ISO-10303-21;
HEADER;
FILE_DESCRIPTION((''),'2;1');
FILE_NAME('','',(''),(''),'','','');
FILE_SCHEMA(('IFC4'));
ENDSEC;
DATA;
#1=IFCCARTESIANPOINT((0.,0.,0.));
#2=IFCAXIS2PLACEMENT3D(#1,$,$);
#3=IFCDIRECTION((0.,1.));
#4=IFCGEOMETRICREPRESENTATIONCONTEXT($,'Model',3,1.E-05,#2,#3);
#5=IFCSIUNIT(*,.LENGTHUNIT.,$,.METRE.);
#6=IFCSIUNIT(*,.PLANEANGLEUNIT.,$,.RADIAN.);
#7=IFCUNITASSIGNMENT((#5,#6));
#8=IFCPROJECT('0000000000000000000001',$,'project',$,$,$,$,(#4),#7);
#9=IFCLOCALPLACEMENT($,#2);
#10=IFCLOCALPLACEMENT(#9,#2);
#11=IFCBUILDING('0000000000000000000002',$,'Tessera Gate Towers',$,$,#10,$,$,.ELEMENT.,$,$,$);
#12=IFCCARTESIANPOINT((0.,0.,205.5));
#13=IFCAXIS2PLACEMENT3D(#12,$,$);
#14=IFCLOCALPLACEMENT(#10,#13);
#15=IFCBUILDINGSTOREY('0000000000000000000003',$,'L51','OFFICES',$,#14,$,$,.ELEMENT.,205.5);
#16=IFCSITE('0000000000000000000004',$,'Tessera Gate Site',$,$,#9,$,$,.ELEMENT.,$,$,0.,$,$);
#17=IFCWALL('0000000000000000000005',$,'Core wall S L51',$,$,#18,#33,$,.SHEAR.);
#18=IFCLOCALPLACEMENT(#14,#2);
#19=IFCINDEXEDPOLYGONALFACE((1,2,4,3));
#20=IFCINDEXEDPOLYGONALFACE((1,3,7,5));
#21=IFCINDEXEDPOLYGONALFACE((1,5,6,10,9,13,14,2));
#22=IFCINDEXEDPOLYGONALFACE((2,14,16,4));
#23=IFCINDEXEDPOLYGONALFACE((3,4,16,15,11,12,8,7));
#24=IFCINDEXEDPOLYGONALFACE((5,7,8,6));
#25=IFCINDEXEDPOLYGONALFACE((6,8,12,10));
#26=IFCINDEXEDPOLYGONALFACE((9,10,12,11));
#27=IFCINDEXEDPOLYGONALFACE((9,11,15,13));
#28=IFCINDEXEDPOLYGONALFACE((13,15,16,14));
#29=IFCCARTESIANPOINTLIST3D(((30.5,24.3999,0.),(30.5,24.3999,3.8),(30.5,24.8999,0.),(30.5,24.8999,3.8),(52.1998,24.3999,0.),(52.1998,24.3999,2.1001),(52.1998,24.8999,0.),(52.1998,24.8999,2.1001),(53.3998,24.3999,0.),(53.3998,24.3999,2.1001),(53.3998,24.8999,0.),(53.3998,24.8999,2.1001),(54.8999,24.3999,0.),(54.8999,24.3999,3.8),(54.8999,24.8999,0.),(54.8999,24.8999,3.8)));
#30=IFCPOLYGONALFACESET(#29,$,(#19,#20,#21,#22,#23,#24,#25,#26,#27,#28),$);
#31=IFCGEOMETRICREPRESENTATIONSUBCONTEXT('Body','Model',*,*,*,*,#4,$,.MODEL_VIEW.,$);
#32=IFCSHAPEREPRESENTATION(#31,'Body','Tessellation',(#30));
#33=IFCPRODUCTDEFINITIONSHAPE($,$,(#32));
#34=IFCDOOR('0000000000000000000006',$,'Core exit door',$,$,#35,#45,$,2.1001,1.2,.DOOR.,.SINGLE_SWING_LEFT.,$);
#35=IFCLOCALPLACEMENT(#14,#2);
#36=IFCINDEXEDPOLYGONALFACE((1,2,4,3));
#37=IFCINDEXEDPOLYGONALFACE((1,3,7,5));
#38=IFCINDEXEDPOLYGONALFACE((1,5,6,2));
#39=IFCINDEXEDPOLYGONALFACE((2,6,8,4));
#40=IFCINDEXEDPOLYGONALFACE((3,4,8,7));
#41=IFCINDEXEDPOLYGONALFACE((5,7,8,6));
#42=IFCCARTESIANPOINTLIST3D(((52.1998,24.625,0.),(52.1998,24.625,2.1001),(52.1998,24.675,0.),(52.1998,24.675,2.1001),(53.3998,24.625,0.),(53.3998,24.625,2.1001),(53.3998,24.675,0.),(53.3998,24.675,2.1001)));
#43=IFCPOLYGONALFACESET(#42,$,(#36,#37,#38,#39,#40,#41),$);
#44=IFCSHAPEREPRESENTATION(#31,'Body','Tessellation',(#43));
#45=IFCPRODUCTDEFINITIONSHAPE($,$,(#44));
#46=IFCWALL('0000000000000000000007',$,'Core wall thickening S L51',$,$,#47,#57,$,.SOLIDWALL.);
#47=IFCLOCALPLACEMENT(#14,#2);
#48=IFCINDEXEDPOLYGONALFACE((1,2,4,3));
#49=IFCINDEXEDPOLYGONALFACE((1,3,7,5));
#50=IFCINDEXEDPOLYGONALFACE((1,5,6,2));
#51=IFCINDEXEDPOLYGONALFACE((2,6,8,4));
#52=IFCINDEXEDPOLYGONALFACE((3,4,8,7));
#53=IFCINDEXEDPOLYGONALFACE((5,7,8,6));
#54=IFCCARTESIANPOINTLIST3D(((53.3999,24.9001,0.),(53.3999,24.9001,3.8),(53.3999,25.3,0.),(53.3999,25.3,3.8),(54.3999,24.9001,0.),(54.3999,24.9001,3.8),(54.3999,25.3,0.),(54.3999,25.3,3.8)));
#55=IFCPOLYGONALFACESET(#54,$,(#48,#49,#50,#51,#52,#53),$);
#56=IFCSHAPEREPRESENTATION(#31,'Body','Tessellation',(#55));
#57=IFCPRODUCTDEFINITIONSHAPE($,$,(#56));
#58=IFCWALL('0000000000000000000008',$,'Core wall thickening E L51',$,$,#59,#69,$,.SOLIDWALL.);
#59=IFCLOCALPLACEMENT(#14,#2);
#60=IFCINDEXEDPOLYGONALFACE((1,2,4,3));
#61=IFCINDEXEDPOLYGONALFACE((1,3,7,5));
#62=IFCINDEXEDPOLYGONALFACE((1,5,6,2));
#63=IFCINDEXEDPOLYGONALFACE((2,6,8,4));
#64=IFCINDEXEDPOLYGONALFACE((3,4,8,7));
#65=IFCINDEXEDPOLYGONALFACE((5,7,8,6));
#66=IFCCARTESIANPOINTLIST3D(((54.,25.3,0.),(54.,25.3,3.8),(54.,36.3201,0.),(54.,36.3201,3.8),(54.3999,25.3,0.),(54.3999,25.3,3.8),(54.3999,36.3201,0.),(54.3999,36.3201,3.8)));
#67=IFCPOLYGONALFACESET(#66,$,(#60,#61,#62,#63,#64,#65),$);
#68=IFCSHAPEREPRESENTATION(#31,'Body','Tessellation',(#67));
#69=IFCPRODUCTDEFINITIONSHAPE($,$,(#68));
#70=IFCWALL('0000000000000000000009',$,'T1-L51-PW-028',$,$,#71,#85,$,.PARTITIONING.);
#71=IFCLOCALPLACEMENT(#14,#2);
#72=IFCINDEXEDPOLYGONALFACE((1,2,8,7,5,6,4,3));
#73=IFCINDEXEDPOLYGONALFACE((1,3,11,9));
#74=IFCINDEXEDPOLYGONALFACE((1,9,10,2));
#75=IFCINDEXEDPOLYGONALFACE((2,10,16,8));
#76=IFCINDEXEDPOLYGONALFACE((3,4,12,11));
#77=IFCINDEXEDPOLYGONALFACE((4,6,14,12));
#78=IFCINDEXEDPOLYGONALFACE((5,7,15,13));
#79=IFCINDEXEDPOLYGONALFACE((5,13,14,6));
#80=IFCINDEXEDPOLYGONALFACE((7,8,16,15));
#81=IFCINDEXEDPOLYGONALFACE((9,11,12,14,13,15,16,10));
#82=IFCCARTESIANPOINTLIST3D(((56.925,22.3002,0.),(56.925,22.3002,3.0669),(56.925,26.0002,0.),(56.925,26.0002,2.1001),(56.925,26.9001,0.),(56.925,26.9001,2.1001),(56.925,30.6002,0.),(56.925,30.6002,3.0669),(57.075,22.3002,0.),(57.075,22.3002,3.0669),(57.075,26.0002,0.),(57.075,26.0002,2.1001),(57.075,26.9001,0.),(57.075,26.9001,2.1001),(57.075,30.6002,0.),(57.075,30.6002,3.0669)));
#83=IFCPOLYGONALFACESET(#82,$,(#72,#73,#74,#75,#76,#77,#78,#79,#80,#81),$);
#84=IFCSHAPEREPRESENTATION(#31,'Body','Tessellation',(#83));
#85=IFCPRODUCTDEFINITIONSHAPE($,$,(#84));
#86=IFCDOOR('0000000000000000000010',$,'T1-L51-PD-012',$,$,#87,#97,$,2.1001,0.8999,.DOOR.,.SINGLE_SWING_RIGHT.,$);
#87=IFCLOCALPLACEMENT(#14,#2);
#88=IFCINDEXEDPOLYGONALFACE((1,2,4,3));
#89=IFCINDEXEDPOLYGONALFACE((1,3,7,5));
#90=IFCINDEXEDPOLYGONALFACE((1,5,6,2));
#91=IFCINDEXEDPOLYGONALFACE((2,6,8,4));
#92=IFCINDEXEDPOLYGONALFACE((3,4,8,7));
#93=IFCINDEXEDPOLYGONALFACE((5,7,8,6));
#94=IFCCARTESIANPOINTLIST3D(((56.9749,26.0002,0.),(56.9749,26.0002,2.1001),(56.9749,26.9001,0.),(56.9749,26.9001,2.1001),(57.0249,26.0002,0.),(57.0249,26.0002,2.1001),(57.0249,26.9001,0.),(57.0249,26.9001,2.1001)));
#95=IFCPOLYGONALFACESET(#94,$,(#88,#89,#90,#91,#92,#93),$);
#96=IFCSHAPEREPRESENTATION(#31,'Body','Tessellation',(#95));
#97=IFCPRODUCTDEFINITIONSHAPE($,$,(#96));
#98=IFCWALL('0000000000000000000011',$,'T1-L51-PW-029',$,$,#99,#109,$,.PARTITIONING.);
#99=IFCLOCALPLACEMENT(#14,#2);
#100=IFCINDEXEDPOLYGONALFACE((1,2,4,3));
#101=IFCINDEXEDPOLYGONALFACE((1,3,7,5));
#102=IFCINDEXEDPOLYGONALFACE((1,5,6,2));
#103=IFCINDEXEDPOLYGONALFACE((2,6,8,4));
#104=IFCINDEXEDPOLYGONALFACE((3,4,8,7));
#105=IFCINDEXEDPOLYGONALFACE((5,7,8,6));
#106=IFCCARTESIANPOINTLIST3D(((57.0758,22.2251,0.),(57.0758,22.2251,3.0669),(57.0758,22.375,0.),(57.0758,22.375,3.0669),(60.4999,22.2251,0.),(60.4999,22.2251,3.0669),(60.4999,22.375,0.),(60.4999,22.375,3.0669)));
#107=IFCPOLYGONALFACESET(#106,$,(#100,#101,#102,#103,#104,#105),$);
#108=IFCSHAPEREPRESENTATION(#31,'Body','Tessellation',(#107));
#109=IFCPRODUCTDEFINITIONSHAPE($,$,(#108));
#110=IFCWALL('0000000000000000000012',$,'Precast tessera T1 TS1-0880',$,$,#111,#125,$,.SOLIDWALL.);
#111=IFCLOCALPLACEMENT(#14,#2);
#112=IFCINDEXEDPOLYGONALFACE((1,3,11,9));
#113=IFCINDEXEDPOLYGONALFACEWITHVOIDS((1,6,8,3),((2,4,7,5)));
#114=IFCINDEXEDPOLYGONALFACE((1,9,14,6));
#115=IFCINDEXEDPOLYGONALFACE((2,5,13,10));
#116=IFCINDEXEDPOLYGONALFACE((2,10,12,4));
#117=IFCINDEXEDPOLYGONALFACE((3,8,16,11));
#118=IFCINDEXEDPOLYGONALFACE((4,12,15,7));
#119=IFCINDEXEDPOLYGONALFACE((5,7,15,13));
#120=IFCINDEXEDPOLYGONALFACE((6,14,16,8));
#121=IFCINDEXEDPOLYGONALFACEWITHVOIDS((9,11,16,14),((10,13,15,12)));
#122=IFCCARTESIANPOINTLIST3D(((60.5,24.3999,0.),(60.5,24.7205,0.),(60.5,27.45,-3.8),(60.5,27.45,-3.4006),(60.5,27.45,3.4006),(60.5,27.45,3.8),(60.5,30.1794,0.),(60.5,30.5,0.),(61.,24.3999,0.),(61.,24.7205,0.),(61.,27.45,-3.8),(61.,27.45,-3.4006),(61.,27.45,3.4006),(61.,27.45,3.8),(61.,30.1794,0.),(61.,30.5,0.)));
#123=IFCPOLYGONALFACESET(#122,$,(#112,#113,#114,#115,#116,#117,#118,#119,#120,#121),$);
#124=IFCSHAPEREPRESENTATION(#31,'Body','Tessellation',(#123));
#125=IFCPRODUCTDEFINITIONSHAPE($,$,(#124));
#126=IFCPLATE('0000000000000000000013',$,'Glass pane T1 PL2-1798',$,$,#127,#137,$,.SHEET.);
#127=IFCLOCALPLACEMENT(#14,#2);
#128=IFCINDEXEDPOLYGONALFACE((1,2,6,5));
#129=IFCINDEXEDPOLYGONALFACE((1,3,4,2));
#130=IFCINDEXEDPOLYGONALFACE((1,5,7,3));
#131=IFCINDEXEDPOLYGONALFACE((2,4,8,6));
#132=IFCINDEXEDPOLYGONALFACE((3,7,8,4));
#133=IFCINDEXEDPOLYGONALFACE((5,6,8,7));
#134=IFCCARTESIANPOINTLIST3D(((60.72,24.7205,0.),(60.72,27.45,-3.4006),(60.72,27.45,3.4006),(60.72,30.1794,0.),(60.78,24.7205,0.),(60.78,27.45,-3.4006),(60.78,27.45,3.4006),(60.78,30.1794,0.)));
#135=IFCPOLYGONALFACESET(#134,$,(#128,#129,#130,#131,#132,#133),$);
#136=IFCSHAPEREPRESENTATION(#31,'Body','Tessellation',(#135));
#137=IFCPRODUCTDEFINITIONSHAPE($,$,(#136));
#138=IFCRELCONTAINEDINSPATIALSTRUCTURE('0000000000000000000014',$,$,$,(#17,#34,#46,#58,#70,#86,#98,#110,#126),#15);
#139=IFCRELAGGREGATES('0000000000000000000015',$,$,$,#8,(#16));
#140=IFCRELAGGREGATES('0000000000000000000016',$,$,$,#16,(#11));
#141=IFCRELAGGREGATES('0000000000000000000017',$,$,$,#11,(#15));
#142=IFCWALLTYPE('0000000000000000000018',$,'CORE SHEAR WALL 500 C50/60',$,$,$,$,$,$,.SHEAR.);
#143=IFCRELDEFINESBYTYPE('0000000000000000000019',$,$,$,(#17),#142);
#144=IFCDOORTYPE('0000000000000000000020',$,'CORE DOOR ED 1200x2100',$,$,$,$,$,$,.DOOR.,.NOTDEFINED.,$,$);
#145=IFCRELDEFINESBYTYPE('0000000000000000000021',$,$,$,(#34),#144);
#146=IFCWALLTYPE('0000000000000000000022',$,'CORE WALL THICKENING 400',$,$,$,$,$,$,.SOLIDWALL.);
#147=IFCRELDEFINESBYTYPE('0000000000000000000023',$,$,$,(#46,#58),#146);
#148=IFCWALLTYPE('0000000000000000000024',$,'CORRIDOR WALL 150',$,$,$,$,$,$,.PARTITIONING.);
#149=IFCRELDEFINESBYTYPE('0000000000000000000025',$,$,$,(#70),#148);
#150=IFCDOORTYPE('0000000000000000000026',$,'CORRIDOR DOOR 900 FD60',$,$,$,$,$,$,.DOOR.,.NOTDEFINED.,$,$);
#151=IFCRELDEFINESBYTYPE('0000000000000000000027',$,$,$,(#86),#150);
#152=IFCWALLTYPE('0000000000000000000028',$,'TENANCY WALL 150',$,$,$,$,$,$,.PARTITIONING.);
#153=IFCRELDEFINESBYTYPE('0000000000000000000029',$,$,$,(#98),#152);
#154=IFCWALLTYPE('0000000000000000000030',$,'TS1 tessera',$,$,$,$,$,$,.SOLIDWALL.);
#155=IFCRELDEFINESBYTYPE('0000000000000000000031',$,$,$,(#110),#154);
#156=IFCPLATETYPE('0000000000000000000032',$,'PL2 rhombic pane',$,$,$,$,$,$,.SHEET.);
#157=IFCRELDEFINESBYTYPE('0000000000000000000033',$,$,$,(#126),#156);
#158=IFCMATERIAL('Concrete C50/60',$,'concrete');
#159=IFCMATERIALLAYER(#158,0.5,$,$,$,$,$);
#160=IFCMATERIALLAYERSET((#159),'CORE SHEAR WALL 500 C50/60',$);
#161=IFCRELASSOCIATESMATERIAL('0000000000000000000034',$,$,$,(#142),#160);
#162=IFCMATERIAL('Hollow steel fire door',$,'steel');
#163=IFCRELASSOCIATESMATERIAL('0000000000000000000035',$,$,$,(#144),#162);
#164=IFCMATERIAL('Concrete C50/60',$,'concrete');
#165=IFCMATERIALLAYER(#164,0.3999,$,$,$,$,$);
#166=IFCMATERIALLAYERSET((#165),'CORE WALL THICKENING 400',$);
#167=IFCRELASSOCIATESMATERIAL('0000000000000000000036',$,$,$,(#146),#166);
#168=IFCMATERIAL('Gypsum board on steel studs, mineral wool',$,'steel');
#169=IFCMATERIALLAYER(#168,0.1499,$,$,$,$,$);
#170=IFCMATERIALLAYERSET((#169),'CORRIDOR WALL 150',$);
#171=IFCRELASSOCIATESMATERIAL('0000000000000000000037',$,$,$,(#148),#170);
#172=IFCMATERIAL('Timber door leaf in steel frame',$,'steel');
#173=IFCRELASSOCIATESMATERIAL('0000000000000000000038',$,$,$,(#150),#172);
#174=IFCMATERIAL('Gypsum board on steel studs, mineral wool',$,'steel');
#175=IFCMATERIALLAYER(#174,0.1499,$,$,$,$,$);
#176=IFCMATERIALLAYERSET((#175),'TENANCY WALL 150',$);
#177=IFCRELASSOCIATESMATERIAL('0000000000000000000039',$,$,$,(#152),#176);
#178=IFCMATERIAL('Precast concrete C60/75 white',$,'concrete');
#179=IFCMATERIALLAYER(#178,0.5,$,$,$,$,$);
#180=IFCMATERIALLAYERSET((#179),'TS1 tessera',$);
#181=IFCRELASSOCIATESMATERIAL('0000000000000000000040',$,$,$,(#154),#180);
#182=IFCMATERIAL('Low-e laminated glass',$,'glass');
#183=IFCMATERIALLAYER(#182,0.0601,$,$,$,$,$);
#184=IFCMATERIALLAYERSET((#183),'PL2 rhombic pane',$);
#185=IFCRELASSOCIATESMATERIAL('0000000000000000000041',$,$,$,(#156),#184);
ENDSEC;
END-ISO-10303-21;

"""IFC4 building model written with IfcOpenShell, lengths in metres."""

from ifc_helpers import new_model, si_unit, direction, frame, frame_2d, origin, place, context, subcontext, project, spatial, polyline, rectangle, outline, extrude, source, transform, mapped, material, layer, layer_set, type_object, element, fill, save


model = new_model("IFC4")

# Units and contexts
model_context = context("Model", 3, precision=1e-05, world=origin(), true_north=direction((0.0, 1.0)))
body_context = subcontext(model_context, "Body", "Model", "MODEL_VIEW")
ifc_project = project(units=[si_unit("LENGTHUNIT", "METRE"), si_unit("PLANEANGLEUNIT", "RADIAN")], contexts=[model_context])

# Site, building, storey
site_placement = place(None, origin())
site = spatial("IfcSite", under=ifc_project, at=site_placement, Name="Tessera Gate Site", CompositionType="ELEMENT", RefElevation=0.0)
building_placement = place(site_placement, origin())
building = spatial("IfcBuilding", under=site, at=building_placement, Name="Tessera Gate Towers", CompositionType="ELEMENT")
storey_placement = place(building_placement, frame((0.0, 0.0, 205.5)))
storey = spatial("IfcBuildingStorey", under=building, at=storey_placement, Name="L51", Description="OFFICES", CompositionType="ELEMENT", Elevation=205.5)

# Wall, opening, door
shared_shape_1 = source(origin(), body_context, "Body", "SweptSolid", [
    extrude(rectangle(XDim=1.2, YDim=2.1001, at=frame_2d((0.6001, 1.05))), frame((0.0, 0.0249, 0.0), z_axis=(0.0, -1.0, 0.0), x_axis=(1.0, 0.0, 0.0)), (0.0, 0.0, 1.0), 0.05),
])
ifc_material_1 = material(Name="Concrete C50/60", Category="concrete")
ifc_layer_1 = layer(ifc_material_1, 0.5)
ifc_layer_set_1 = layer_set([ifc_layer_1], Name="CORE SHEAR WALL 500 C50/60")
wall_type_1 = type_object("IfcWallType", Name="CORE SHEAR WALL 500 C50/60", PredefinedType="SHEAR", material=ifc_layer_set_1)
wall_1_placement = place(storey_placement, frame((54.8999, 24.6499, 0.0), z_axis=(0.0, 0.0, 1.0), x_axis=(-1.0, 0.0, 0.0)))
wall_1 = element("IfcWall", 1, at=wall_1_placement, inside=storey, type_object=wall_type_1, Name="Core wall S L51", PredefinedType="SHEAR", context=body_context, shape_type="SweptSolid", body=[
    extrude(rectangle(XDim=24.3999, YDim=0.5, at=frame_2d((12.2, 0.0))), origin(), (0.0, 0.0, 1.0), 3.8),
])
shared_shape_2 = source(origin(), body_context, "Body", "SweptSolid", [
    extrude(rectangle(XDim=1.2, YDim=2.1001, at=frame_2d((0.6001, 1.05))), frame((0.0, 0.26, 0.0), z_axis=(0.0, -1.0, 0.0), x_axis=(1.0, 0.0, 0.0)), (0.0, 0.0, 1.0), 0.52),
])
opening_1_placement = place(wall_1_placement, frame((1.5, 0.0, 0.0)))
opening_1 = element("IfcOpeningElement", 2, at=opening_1_placement, cuts=wall_1, PredefinedType="OPENING", context=body_context, shape_type="MappedRepresentation", body=[
    mapped(shared_shape_2, transform((0.0, 0.0, 0.0), scale=1.0)),
])
ifc_material_2 = material(Name="Hollow steel fire door", Category="steel")
door_type_1 = type_object("IfcDoorType", Name="CORE DOOR ED 1200x2100", OperationType="NOTDEFINED", PredefinedType="DOOR", material=ifc_material_2)
door_1_placement = place(opening_1_placement, origin())
door_1 = element("IfcDoor", 3, at=door_1_placement, inside=storey, type_object=door_type_1, Name="Core exit door", OperationType="SINGLE_SWING_LEFT", OverallHeight=2.1001, OverallWidth=1.2, PredefinedType="DOOR", context=body_context, shape_type="MappedRepresentation", body=[
    mapped(shared_shape_1, transform((0.0, 0.0, 0.0), scale=1.0)),
])
fill(opening_1, door_1)

# Walls
ifc_material_3 = material(Name="Concrete C50/60", Category="concrete")
ifc_layer_2 = layer(ifc_material_3, 0.3999)
ifc_layer_set_2 = layer_set([ifc_layer_2], Name="CORE WALL THICKENING 400")
wall_type_2 = type_object("IfcWallType", Name="CORE WALL THICKENING 400", PredefinedType="SOLIDWALL", material=ifc_layer_set_2)
wall_2_placement = place(storey_placement, frame((53.3999, 25.1001, 0.0), z_axis=(0.0, 0.0, 1.0), x_axis=(1.0, 0.0, 0.0)))
element("IfcWall", 4, at=wall_2_placement, inside=storey, type_object=wall_type_2, Name="Core wall thickening S L51", PredefinedType="SOLIDWALL", context=body_context, shape_type="SweptSolid", body=[
    extrude(rectangle(XDim=1.0, YDim=0.3999, at=frame_2d((0.5, 0.0))), origin(), (0.0, 0.0, 1.0), 3.8),
])
wall_3_placement = place(storey_placement, frame((54.2, 25.3, 0.0), z_axis=(0.0, 0.0, 1.0), x_axis=(0.0, 1.0, 0.0)))
element("IfcWall", 5, at=wall_3_placement, inside=storey, type_object=wall_type_2, Name="Core wall thickening E L51", PredefinedType="SOLIDWALL", context=body_context, shape_type="SweptSolid", body=[
    extrude(rectangle(XDim=11.02, YDim=0.3999, at=frame_2d((5.51, 0.0))), origin(), (0.0, 0.0, 1.0), 3.8),
])

# Wall, opening, door
ifc_material_4 = material(Name="Gypsum board on steel studs, mineral wool", Category="steel")
ifc_layer_3 = layer(ifc_material_4, 0.1499)
ifc_layer_set_3 = layer_set([ifc_layer_3], Name="CORRIDOR WALL 150")
wall_type_3 = type_object("IfcWallType", Name="CORRIDOR WALL 150", PredefinedType="PARTITIONING", material=ifc_layer_set_3)
wall_4_placement = place(storey_placement, frame((57.0, 30.6001, 0.0), z_axis=(0.0, 0.0, 1.0), x_axis=(0.0, -1.0, 0.0)))
wall_4 = element("IfcWall", 6, at=wall_4_placement, inside=storey, type_object=wall_type_3, Name="T1-L51-PW-028", PredefinedType="PARTITIONING", context=body_context, shape_type="SweptSolid", body=[
    extrude(rectangle(XDim=8.3, YDim=0.1499, at=frame_2d((4.1499, 0.0))), origin(), (0.0, 0.0, 1.0), 3.0669),
])
shared_shape_3 = source(origin(), body_context, "Body", "SweptSolid", [
    extrude(rectangle(XDim=0.8999, YDim=2.1001, at=frame_2d((0.45, 1.05))), frame((0.0, 0.085, 0.0), z_axis=(0.0, -1.0, 0.0), x_axis=(1.0, 0.0, 0.0)), (0.0, 0.0, 1.0), 0.1699),
])
opening_2_placement = place(wall_4_placement, frame((3.7, 0.0, 0.0)))
opening_2 = element("IfcOpeningElement", 7, at=opening_2_placement, cuts=wall_4, PredefinedType="OPENING", context=body_context, shape_type="MappedRepresentation", body=[
    mapped(shared_shape_3, transform((0.0, 0.0, 0.0), scale=1.0)),
])
ifc_material_5 = material(Name="Timber door leaf in steel frame", Category="steel")
door_type_2 = type_object("IfcDoorType", Name="CORRIDOR DOOR 900 FD60", OperationType="NOTDEFINED", PredefinedType="DOOR", material=ifc_material_5)
shared_shape_4 = source(origin(), body_context, "Body", "SweptSolid", [
    extrude(rectangle(XDim=0.8999, YDim=2.1001, at=frame_2d((0.45, 1.05))), frame((0.0, 0.0249, 0.0), z_axis=(0.0, -1.0, 0.0), x_axis=(1.0, 0.0, 0.0)), (0.0, 0.0, 1.0), 0.05),
])
door_2_placement = place(opening_2_placement, origin())
door_2 = element("IfcDoor", 8, at=door_2_placement, inside=storey, type_object=door_type_2, Name="T1-L51-PD-012", OperationType="SINGLE_SWING_RIGHT", OverallHeight=2.1001, OverallWidth=0.8999, PredefinedType="DOOR", context=body_context, shape_type="MappedRepresentation", body=[
    mapped(shared_shape_4, transform((0.0, 0.0, 0.0), scale=1.0)),
])
fill(opening_2, door_2)

# Wall
ifc_material_6 = material(Name="Gypsum board on steel studs, mineral wool", Category="steel")
ifc_layer_4 = layer(ifc_material_6, 0.1499)
ifc_layer_set_4 = layer_set([ifc_layer_4], Name="TENANCY WALL 150")
wall_type_4 = type_object("IfcWallType", Name="TENANCY WALL 150", PredefinedType="PARTITIONING", material=ifc_layer_set_4)
wall_5_placement = place(storey_placement, frame((57.0759, 22.3, 0.0), z_axis=(0.0, 0.0, 1.0), x_axis=(1.0, 0.0, 0.0)))
element("IfcWall", 9, at=wall_5_placement, inside=storey, type_object=wall_type_4, Name="T1-L51-PW-029", PredefinedType="PARTITIONING", context=body_context, shape_type="SweptSolid", body=[
    extrude(rectangle(XDim=3.4241, YDim=0.1499, at=frame_2d((1.7119, 0.0))), origin(), (0.0, 0.0, 1.0), 3.0669),
])

# Wall, opening, plate
ifc_material_7 = material(Name="Precast concrete C60/75 white", Category="concrete")
ifc_layer_5 = layer(ifc_material_7, 0.5)
ifc_layer_set_5 = layer_set([ifc_layer_5], Name="TS1 tessera")
wall_type_5 = type_object("IfcWallType", Name="TS1 tessera", PredefinedType="SOLIDWALL", material=ifc_layer_set_5)
shared_shape_5 = source(origin(), body_context, "Body", "SweptSolid", [
    extrude(outline(polyline([(3.05, 0.0), (6.1001, 3.8), (3.05, 7.6001), (0.0, 3.8), (3.05, 0.0)])), frame((0.0, 0.25, 0.0), z_axis=(0.0, -1.0, 0.0), x_axis=(1.0, 0.0, 0.0)), (0.0, 0.0, 1.0), 0.5),
])
wall_6_placement = place(storey_placement, frame((60.75, 24.3999, -3.8), z_axis=(0.0, 0.0, 1.0), x_axis=(0.0, 1.0, 0.0)))
wall_6 = element("IfcWall", 10, at=wall_6_placement, inside=storey, type_object=wall_type_5, Name="Precast tessera T1 TS1-0880", PredefinedType="SOLIDWALL", context=body_context, shape_type="MappedRepresentation", body=[
    mapped(shared_shape_5, transform((0.0, 0.0, 0.0), scale=1.0)),
])
shared_shape_6 = source(origin(), body_context, "Body", "SweptSolid", [
    extrude(outline(polyline([(3.05, 0.3994), (5.7795, 3.8), (3.05, 7.2007), (0.3206, 3.8), (3.05, 0.3994)])), frame((0.0, 0.26, 0.0), z_axis=(0.0, -1.0, 0.0), x_axis=(1.0, 0.0, 0.0)), (0.0, 0.0, 1.0), 0.52),
])
opening_3_placement = place(wall_6_placement, origin())
opening_3 = element("IfcOpeningElement", 11, at=opening_3_placement, cuts=wall_6, PredefinedType="OPENING", context=body_context, shape_type="MappedRepresentation", body=[
    mapped(shared_shape_6, transform((0.0, 0.0, 0.0), scale=1.0)),
])
ifc_material_8 = material(Name="Low-e laminated glass", Category="glass")
ifc_layer_6 = layer(ifc_material_8, 0.0601)
ifc_layer_set_6 = layer_set([ifc_layer_6], Name="PL2 rhombic pane")
plate_type = type_object("IfcPlateType", Name="PL2 rhombic pane", PredefinedType="SHEET", material=ifc_layer_set_6)
shared_shape_7 = source(origin(), body_context, "Body", "SweptSolid", [
    extrude(outline(polyline([(3.05, 0.3994), (5.7795, 3.8), (3.05, 7.2007), (0.3206, 3.8), (3.05, 0.3994)])), frame((0.0, 0.03, 0.0), z_axis=(0.0, -1.0, 0.0), x_axis=(1.0, 0.0, 0.0)), (0.0, 0.0, 1.0), 0.0601),
])
plate_1_placement = place(opening_3_placement, origin())
plate_1 = element("IfcPlate", 12, at=plate_1_placement, inside=storey, type_object=plate_type, Name="Glass pane T1 PL2-1798", PredefinedType="SHEET", context=body_context, shape_type="MappedRepresentation", body=[
    mapped(shared_shape_7, transform((0.0, 0.0, 0.0), scale=1.0)),
])
fill(opening_3, plate_1)

save(model, "model.ifc")
